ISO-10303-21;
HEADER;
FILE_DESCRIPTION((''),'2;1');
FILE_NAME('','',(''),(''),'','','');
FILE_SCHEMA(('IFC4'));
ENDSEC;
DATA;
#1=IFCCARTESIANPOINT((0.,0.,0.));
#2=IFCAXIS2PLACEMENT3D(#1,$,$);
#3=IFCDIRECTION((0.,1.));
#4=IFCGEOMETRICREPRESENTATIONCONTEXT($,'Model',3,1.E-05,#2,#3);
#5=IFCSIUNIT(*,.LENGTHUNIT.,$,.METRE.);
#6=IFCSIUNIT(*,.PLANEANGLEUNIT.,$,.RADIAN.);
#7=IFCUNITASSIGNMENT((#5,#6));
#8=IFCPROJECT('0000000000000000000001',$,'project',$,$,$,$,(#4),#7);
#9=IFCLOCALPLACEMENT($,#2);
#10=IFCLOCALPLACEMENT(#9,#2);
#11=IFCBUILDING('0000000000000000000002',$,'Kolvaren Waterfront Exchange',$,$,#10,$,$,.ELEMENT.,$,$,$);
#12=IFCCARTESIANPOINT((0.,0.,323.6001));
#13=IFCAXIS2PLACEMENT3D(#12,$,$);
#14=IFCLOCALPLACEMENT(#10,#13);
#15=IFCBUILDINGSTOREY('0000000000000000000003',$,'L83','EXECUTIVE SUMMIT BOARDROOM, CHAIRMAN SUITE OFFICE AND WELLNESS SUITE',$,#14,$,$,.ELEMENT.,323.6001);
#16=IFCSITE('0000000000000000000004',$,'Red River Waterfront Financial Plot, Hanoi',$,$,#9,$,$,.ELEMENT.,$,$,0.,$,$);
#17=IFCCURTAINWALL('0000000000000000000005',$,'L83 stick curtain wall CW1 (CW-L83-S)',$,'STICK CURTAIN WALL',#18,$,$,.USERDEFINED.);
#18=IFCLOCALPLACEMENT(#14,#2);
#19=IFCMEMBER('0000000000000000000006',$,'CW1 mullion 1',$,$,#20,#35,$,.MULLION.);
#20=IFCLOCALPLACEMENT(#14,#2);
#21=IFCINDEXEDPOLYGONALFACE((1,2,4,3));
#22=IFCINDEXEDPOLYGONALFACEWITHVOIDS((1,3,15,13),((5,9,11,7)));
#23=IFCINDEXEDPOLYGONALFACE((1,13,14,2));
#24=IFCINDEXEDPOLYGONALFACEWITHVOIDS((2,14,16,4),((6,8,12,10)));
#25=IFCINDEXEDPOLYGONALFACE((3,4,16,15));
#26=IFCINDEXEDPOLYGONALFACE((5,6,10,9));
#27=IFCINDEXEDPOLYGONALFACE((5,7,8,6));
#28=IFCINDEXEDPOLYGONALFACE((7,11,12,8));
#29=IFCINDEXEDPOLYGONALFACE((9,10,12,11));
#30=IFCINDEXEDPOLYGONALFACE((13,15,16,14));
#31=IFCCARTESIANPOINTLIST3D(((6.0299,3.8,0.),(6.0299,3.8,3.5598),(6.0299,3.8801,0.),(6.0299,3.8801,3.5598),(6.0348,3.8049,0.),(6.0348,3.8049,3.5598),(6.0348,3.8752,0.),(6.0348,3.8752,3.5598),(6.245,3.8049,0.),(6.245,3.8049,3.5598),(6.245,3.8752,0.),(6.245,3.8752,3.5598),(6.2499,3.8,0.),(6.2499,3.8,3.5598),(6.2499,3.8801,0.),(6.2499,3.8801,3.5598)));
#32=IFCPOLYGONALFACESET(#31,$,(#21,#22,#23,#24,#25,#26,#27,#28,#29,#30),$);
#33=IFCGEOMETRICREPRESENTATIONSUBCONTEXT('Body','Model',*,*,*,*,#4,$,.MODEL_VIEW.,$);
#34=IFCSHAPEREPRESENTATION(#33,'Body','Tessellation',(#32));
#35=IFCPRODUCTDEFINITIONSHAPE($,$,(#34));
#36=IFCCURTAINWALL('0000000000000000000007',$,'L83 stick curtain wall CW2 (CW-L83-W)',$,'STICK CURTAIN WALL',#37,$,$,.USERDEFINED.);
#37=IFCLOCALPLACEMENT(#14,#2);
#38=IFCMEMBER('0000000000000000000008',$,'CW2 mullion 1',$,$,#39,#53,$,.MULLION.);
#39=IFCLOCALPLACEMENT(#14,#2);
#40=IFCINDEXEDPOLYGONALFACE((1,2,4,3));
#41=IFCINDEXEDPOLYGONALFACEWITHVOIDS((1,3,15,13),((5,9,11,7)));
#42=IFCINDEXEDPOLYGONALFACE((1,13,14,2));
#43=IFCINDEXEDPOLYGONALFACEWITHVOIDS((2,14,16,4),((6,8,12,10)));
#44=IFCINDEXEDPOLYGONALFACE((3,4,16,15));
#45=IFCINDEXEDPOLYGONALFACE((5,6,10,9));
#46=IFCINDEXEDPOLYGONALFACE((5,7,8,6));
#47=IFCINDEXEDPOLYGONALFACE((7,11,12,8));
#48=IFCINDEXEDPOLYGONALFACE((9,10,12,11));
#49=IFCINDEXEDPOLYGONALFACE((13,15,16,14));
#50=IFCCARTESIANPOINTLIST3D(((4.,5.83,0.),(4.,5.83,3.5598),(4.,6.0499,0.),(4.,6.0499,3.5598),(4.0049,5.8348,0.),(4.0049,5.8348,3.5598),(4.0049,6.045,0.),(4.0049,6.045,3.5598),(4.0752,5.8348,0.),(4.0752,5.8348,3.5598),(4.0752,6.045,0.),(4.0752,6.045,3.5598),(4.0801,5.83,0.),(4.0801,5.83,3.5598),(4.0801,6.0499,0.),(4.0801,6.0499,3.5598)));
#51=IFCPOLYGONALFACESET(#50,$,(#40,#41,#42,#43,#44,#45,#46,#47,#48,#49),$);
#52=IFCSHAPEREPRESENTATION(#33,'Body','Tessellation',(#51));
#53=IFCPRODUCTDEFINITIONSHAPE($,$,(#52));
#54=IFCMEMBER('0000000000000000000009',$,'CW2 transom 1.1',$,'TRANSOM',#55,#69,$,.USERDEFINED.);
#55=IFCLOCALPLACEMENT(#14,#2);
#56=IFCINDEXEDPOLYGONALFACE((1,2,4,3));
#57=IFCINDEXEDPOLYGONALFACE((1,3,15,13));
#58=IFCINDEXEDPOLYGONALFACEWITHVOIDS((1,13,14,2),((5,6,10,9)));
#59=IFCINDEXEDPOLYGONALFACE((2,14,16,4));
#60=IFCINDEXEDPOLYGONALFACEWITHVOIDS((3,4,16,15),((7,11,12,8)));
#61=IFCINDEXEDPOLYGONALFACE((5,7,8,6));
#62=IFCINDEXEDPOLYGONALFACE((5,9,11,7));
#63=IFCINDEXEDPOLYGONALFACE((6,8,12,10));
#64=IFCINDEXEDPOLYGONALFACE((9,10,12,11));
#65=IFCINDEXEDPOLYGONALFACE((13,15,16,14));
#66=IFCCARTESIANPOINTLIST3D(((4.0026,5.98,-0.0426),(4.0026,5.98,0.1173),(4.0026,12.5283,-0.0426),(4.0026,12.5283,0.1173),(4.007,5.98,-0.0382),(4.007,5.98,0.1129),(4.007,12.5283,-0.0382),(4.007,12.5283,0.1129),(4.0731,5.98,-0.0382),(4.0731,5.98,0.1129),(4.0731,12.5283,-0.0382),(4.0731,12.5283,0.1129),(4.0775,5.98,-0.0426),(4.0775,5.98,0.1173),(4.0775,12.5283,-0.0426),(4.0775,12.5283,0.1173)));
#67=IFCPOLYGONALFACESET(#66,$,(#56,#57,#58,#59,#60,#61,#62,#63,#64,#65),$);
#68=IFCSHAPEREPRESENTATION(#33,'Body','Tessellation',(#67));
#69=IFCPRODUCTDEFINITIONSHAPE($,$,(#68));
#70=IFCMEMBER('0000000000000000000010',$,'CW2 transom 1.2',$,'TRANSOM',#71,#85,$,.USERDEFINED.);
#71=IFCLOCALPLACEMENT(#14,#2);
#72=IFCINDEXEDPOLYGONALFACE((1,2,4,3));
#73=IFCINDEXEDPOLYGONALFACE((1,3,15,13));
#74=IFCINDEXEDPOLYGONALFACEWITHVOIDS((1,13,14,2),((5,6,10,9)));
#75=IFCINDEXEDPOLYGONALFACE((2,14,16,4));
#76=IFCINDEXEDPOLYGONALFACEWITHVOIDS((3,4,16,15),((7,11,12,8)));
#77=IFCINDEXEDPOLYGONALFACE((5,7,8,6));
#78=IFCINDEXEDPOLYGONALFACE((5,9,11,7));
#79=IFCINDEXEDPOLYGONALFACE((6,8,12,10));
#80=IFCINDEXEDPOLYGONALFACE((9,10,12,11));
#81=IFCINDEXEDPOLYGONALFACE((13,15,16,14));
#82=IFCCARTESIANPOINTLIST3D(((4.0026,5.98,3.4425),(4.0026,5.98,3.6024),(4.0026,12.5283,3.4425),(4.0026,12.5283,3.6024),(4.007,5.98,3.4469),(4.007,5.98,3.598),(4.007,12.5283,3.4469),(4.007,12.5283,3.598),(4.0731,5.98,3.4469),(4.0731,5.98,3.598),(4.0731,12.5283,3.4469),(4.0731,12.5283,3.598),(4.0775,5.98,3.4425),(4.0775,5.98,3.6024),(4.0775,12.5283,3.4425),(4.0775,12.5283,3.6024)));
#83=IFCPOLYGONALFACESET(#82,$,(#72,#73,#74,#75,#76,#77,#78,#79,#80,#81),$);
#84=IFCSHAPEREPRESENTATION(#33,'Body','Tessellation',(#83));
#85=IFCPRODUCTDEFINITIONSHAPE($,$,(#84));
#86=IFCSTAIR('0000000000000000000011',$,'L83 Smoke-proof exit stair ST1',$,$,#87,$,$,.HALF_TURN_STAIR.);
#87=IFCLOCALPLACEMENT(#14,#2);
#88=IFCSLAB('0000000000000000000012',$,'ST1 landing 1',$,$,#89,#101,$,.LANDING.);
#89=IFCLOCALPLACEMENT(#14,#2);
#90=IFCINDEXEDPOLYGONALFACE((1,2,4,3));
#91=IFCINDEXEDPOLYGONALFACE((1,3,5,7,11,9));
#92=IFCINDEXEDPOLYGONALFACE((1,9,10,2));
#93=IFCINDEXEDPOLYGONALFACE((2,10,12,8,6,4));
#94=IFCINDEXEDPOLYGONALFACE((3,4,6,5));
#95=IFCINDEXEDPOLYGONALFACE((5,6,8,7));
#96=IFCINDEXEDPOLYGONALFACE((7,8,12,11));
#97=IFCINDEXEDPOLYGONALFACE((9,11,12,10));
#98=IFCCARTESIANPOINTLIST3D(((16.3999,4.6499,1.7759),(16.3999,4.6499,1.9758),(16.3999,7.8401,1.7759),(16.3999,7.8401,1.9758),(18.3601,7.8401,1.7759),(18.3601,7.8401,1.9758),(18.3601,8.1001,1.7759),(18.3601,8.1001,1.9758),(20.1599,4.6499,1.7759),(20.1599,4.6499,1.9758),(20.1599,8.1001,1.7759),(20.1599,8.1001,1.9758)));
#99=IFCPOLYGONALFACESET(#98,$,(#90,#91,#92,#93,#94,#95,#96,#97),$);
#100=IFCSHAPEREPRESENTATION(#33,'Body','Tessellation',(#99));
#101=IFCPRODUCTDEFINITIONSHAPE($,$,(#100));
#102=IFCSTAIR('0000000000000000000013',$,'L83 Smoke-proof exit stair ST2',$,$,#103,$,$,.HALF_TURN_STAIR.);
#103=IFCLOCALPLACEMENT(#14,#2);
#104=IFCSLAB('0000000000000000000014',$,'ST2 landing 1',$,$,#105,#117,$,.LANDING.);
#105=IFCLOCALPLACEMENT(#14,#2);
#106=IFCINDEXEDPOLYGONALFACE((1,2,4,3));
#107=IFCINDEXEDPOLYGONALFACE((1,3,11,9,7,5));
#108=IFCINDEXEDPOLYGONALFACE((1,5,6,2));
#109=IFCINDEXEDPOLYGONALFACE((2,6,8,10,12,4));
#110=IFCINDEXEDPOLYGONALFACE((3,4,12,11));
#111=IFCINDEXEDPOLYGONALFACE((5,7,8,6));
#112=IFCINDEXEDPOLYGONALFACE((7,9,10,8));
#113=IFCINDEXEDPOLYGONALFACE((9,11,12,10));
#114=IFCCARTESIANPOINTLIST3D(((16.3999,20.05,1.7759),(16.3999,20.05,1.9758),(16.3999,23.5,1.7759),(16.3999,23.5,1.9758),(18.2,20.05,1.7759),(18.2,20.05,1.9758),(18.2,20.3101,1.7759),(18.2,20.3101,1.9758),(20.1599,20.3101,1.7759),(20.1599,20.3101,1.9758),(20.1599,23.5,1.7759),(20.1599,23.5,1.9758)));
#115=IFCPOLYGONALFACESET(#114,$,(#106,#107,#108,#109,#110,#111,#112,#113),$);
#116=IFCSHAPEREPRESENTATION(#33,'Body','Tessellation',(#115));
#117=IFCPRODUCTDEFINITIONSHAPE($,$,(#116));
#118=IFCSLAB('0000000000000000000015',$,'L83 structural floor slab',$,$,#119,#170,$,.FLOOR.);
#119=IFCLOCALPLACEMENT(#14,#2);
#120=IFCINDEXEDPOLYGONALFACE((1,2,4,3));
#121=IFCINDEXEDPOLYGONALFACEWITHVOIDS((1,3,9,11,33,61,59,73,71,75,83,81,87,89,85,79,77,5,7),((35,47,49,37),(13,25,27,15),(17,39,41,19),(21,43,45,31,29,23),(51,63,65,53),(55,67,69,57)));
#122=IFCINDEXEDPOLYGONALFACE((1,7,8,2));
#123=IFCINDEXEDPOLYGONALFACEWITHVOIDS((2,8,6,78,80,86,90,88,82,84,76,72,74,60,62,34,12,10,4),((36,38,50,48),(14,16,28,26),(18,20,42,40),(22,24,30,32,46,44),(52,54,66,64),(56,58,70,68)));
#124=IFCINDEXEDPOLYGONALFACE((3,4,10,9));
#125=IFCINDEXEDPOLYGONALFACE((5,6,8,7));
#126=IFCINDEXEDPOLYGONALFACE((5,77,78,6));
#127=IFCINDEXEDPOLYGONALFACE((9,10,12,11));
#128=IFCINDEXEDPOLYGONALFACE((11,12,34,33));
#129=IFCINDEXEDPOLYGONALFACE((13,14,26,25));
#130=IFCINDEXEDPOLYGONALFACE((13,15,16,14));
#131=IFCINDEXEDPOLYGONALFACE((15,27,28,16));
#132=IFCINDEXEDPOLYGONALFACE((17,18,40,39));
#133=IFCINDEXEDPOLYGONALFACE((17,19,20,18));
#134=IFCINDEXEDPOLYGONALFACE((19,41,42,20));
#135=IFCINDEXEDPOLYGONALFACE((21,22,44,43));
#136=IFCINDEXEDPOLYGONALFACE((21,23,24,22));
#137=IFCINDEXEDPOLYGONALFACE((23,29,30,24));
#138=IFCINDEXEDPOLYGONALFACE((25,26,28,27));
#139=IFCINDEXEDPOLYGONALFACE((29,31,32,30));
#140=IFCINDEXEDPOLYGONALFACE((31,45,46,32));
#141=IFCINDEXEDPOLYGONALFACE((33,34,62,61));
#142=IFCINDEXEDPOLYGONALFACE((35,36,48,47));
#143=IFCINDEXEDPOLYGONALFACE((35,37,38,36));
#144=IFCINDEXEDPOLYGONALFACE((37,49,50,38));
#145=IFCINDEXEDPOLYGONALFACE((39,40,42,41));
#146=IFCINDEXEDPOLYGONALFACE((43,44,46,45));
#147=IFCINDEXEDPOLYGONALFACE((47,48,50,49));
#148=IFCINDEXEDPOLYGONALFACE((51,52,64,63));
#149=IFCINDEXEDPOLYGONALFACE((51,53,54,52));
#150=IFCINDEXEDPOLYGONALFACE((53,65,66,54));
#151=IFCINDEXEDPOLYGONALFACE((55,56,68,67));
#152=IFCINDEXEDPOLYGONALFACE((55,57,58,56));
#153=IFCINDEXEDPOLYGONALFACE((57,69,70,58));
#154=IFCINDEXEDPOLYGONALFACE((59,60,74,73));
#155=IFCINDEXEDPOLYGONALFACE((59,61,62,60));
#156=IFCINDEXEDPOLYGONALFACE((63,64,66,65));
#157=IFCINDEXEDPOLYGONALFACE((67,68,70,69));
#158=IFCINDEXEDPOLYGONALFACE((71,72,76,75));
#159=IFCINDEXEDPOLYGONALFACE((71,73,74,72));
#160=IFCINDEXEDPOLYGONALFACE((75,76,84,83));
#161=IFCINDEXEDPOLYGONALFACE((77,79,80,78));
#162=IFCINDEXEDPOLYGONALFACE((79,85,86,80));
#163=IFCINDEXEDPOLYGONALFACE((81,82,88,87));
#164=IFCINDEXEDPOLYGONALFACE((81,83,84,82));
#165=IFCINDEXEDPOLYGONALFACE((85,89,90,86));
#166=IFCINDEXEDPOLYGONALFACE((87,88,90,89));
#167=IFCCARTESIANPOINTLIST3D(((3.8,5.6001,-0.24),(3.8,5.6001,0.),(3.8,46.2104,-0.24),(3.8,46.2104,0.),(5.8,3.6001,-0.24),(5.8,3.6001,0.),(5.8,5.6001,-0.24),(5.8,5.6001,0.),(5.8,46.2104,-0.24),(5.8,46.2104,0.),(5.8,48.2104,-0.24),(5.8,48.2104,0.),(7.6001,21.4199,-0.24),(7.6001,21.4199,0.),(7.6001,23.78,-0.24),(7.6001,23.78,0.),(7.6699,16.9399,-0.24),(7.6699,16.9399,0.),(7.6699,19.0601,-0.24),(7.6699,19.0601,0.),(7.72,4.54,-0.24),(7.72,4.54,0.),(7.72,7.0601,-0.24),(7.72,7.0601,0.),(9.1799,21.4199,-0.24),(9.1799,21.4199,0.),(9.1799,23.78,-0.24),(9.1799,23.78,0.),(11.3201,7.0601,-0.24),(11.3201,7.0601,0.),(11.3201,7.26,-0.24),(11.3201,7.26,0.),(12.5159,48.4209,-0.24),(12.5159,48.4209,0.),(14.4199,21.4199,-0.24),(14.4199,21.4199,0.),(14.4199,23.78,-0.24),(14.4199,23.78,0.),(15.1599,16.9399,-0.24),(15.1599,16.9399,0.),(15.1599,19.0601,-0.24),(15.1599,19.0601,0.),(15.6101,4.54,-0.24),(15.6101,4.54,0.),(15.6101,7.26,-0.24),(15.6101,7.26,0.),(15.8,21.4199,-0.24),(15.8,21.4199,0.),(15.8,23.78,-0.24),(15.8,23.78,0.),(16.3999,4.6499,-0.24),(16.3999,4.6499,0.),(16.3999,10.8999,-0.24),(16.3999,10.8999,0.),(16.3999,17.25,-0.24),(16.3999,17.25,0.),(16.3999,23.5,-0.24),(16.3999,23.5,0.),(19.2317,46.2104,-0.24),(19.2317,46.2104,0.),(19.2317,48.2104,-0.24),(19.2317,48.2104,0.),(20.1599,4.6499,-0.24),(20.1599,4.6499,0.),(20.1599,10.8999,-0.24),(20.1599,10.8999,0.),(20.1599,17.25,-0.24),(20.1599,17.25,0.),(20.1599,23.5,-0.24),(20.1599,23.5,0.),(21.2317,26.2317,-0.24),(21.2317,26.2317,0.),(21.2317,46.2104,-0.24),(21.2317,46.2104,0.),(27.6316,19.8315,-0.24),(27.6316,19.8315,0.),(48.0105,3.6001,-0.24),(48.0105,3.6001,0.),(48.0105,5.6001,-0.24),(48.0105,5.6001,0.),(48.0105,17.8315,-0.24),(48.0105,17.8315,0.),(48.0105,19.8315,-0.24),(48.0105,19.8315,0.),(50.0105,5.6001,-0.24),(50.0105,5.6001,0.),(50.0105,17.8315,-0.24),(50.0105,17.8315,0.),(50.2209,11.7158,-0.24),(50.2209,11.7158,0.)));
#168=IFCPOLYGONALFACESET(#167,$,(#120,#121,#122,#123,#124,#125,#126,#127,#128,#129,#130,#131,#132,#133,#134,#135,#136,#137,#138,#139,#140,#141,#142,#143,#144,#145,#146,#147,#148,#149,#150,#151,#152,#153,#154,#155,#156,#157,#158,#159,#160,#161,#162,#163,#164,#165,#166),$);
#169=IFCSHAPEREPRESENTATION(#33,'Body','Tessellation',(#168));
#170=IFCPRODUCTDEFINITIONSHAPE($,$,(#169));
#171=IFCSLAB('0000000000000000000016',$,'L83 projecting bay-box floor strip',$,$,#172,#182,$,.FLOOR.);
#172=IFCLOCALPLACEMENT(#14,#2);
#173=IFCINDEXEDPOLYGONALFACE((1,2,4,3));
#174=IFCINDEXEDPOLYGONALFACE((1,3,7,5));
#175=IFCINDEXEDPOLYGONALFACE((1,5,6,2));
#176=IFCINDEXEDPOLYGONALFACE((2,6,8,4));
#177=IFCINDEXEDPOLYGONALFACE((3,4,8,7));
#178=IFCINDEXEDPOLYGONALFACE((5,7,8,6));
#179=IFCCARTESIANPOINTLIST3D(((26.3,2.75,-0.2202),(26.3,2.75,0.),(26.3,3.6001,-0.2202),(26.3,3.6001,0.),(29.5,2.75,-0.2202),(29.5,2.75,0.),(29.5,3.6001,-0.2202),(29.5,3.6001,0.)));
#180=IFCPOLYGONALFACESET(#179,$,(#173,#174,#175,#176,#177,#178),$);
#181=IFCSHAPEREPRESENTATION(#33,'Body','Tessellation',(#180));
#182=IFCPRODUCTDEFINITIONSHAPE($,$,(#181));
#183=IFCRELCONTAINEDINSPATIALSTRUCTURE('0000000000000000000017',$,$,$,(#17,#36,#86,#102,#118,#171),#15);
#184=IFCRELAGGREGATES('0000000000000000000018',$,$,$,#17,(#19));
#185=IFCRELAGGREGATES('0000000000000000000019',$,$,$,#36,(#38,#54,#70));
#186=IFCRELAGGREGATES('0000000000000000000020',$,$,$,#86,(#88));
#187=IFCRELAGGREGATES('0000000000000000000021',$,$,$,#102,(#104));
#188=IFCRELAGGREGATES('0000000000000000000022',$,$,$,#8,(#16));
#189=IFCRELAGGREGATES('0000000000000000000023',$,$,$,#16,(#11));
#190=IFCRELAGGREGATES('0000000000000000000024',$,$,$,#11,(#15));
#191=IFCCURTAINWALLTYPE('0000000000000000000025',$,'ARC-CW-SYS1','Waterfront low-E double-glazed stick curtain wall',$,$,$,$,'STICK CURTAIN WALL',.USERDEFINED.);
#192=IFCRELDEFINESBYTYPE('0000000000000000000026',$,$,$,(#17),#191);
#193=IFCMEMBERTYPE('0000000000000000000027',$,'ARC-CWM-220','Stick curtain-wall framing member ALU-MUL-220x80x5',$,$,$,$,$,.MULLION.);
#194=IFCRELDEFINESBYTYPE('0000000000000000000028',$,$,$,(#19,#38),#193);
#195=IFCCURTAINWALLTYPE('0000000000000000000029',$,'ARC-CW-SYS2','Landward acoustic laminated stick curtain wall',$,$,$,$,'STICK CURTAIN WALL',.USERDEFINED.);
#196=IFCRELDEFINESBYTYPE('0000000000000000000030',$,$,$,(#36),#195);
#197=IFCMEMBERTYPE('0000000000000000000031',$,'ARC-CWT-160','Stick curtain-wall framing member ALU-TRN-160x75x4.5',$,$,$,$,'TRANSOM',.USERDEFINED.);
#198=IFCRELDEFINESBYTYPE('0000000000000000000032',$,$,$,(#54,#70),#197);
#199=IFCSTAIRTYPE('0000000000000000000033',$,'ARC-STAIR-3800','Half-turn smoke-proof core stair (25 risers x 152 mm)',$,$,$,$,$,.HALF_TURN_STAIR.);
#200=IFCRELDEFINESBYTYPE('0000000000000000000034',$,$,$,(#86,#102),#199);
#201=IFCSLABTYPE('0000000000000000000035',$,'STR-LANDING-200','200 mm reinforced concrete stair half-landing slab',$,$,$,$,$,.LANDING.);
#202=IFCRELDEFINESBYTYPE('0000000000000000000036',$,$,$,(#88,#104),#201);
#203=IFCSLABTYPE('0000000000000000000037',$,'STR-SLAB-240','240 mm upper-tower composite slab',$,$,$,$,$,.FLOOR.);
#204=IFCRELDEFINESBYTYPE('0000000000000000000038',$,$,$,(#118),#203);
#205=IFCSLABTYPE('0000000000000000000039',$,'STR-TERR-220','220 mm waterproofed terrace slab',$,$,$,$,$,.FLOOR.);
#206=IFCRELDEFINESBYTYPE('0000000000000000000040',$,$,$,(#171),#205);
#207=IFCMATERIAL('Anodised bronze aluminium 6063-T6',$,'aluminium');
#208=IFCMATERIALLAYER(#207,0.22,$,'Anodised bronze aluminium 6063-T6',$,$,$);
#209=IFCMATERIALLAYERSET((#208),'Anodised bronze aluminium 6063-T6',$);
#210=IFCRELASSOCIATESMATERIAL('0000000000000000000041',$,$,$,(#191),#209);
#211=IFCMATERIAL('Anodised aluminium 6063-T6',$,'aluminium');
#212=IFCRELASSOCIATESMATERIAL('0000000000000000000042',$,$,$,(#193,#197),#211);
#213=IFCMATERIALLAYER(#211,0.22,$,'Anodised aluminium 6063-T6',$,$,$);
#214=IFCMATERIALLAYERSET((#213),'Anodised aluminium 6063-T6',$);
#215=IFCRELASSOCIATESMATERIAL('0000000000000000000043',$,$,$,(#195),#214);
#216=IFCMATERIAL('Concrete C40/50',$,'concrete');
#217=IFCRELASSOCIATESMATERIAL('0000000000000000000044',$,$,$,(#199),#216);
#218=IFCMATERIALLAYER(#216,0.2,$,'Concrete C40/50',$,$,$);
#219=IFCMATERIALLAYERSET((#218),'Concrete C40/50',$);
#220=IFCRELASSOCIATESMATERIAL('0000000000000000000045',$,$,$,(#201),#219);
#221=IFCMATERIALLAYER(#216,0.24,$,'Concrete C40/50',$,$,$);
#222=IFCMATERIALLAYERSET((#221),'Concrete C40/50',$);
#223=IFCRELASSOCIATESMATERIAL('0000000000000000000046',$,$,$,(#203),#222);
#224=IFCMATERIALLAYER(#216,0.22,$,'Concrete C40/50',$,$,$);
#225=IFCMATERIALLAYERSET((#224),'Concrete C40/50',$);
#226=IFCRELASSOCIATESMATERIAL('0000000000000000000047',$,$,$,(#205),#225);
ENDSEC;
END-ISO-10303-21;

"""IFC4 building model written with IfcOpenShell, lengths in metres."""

from ifc_helpers import new_model, si_unit, direction, frame, origin, origin_with_axes, origin_2d, place, context, subcontext, project, spatial, polyline, hollow_rectangle, outline, extrude, source, transform, mapped, material, layer, layer_set, material_profile, profile_set, type_object, element, aggregate, save


model = new_model("IFC4")

# Units and contexts
model_context = context("Model", 3, precision=1e-05, world=origin(), true_north=direction((0.0, 1.0)))
body_context = subcontext(model_context, "Body", "Model", "MODEL_VIEW")
ifc_project = project(units=[si_unit("LENGTHUNIT", "METRE"), si_unit("PLANEANGLEUNIT", "RADIAN")], contexts=[model_context])

# Site, building, storey
site_placement = place(None, origin())
site = spatial("IfcSite", under=ifc_project, at=site_placement, Name="Red River Waterfront Financial Plot, Hanoi", CompositionType="ELEMENT", RefElevation=0.0)
building_placement = place(site_placement, origin())
building = spatial("IfcBuilding", under=site, at=building_placement, Name="Kolvaren Waterfront Exchange", CompositionType="ELEMENT")
storey_placement = place(building_placement, frame((0.0, 0.0, 323.6001)))
storey = spatial("IfcBuildingStorey", under=building, at=storey_placement, Name="L83", Description="EXECUTIVE SUMMIT BOARDROOM, CHAIRMAN SUITE OFFICE AND WELLNESS SUITE", CompositionType="ELEMENT", Elevation=323.6001)

# Curtain wall, member
ifc_material_1 = material(Name="Anodised bronze aluminium 6063-T6", Category="aluminium")
ifc_layer_1 = layer(ifc_material_1, 0.22, Name="Anodised bronze aluminium 6063-T6")
ifc_layer_set_1 = layer_set([ifc_layer_1], Name="Anodised bronze aluminium 6063-T6")
curtain_wall_type_1 = type_object("IfcCurtainWallType", Name="ARC-CW-SYS1", Description="Waterfront low-E double-glazed stick curtain wall", ElementType="STICK CURTAIN WALL", PredefinedType="USERDEFINED", material=ifc_layer_set_1)
curtain_wall_1_placement = place(storey_placement, origin())
curtain_wall_1 = element("IfcCurtainWall", 1, at=curtain_wall_1_placement, inside=storey, type_object=curtain_wall_type_1, Name="L83 stick curtain wall CW1 (CW-L83-S)", ObjectType="STICK CURTAIN WALL", PredefinedType="USERDEFINED")
ifc_material_2 = material(Name="Anodised aluminium 6063-T6", Category="aluminium")
ifc_material_profile_1 = material_profile(ifc_material_2, hollow_rectangle(XDim=0.0801, YDim=0.22, WallThickness=0.0049, at=origin_2d()), Name="ALU-MUL-220x80x5")
ifc_profile_set_1 = profile_set([ifc_material_profile_1], Name="Anodised aluminium 6063-T6")
member_type_1 = type_object("IfcMemberType", Name="ARC-CWM-220", Description="Stick curtain-wall framing member ALU-MUL-220x80x5", PredefinedType="MULLION", material=ifc_profile_set_1)
shared_shape_1 = source(origin_with_axes(), body_context, "Body", "SweptSolid", [
    extrude(hollow_rectangle(XDim=0.0801, YDim=0.22, WallThickness=0.0049, at=origin_2d()), origin(), (0.0, 0.0, 1.0), 3.5598),
])
member_1_placement = place(storey_placement, frame((6.1399, 3.8401, 0.0), z_axis=(0.0, 0.0, 1.0), x_axis=(0.0, 1.0, 0.0)))
member_1 = element("IfcMember", 2, at=member_1_placement, type_object=member_type_1, Name="CW1 mullion 1", PredefinedType="MULLION", context=body_context, shape_type="MappedRepresentation", body=[
    mapped(shared_shape_1, transform((0.0, 0.0, 0.0), x_axis=(1.0, 0.0, 0.0), y_axis=(0.0, 1.0, 0.0), z_axis=(0.0, 0.0, 1.0), scale=1.0)),
])
aggregate(curtain_wall_1, [member_1])

# Curtain wall, members
ifc_layer_2 = layer(ifc_material_2, 0.22, Name="Anodised aluminium 6063-T6")
ifc_layer_set_2 = layer_set([ifc_layer_2], Name="Anodised aluminium 6063-T6")
curtain_wall_type_2 = type_object("IfcCurtainWallType", Name="ARC-CW-SYS2", Description="Landward acoustic laminated stick curtain wall", ElementType="STICK CURTAIN WALL", PredefinedType="USERDEFINED", material=ifc_layer_set_2)
curtain_wall_2_placement = place(storey_placement, origin())
curtain_wall_2 = element("IfcCurtainWall", 3, at=curtain_wall_2_placement, inside=storey, type_object=curtain_wall_type_2, Name="L83 stick curtain wall CW2 (CW-L83-W)", ObjectType="STICK CURTAIN WALL", PredefinedType="USERDEFINED")
member_2_placement = place(storey_placement, frame((4.04, 5.9399, 0.0), z_axis=(0.0, 0.0, 1.0), x_axis=(-1.0, 0.0, 0.0)))
member_2 = element("IfcMember", 4, at=member_2_placement, type_object=member_type_1, Name="CW2 mullion 1", PredefinedType="MULLION", context=body_context, shape_type="MappedRepresentation", body=[
    mapped(shared_shape_1, transform((0.0, 0.0, 0.0), x_axis=(1.0, 0.0, 0.0), y_axis=(0.0, 1.0, 0.0), z_axis=(0.0, 0.0, 1.0), scale=1.0)),
])
ifc_material_profile_2 = material_profile(ifc_material_2, hollow_rectangle(XDim=0.075, YDim=0.1599, WallThickness=0.0044, at=origin_2d()), Name="ALU-TRN-160x75x4.5")
ifc_profile_set_2 = profile_set([ifc_material_profile_2], Name="Anodised aluminium 6063-T6")
member_type_2 = type_object("IfcMemberType", Name="ARC-CWT-160", Description="Stick curtain-wall framing member ALU-TRN-160x75x4.5", ElementType="TRANSOM", PredefinedType="USERDEFINED", material=ifc_profile_set_2)
shared_shape_2 = source(origin_with_axes(), body_context, "Body", "SweptSolid", [
    extrude(hollow_rectangle(XDim=0.075, YDim=0.1599, WallThickness=0.0044, at=origin_2d()), origin(), (0.0, 0.0, 1.0), 6.5483),
])
member_3_placement = place(storey_placement, frame((4.04, 5.98, 0.0374), z_axis=(0.0, 1.0, 0.0), x_axis=(-1.0, 0.0, 0.0)))
member_3 = element("IfcMember", 5, at=member_3_placement, type_object=member_type_2, Name="CW2 transom 1.1", ObjectType="TRANSOM", PredefinedType="USERDEFINED", context=body_context, shape_type="MappedRepresentation", body=[
    mapped(shared_shape_2, transform((0.0, 0.0, 0.0), x_axis=(1.0, 0.0, 0.0), y_axis=(0.0, 1.0, 0.0), z_axis=(0.0, 0.0, 1.0), scale=1.0)),
])
member_4_placement = place(storey_placement, frame((4.04, 5.98, 3.5225), z_axis=(0.0, 1.0, 0.0), x_axis=(-1.0, 0.0, 0.0)))
member_4 = element("IfcMember", 6, at=member_4_placement, type_object=member_type_2, Name="CW2 transom 1.2", ObjectType="TRANSOM", PredefinedType="USERDEFINED", context=body_context, shape_type="MappedRepresentation", body=[
    mapped(shared_shape_2, transform((0.0, 0.0, 0.0), x_axis=(1.0, 0.0, 0.0), y_axis=(0.0, 1.0, 0.0), z_axis=(0.0, 0.0, 1.0), scale=1.0)),
])
aggregate(curtain_wall_2, [member_2, member_3, member_4])

# Stairs, slabs
ifc_material_3 = material(Name="Concrete C40/50", Category="concrete")
stair_type = type_object("IfcStairType", Name="ARC-STAIR-3800", Description="Half-turn smoke-proof core stair (25 risers x 152 mm)", PredefinedType="HALF_TURN_STAIR", material=ifc_material_3)
stair_1_placement = place(storey_placement, origin())
stair_1 = element("IfcStair", 7, at=stair_1_placement, inside=storey, type_object=stair_type, Name="L83 Smoke-proof exit stair ST1", PredefinedType="HALF_TURN_STAIR")
ifc_layer_3 = layer(ifc_material_3, 0.2, Name="Concrete C40/50")
ifc_layer_set_3 = layer_set([ifc_layer_3], Name="Concrete C40/50")
slab_type_1 = type_object("IfcSlabType", Name="STR-LANDING-200", Description="200 mm reinforced concrete stair half-landing slab", PredefinedType="LANDING", material=ifc_layer_set_3)
slab_1_placement = place(storey_placement, frame((0.0, 0.0, 1.7759)))
slab_1 = element("IfcSlab", 8, at=slab_1_placement, type_object=slab_type_1, Name="ST1 landing 1", PredefinedType="LANDING", context=body_context, shape_type="SweptSolid", body=[
    extrude(outline(polyline([(16.3999, 7.8401), (16.3999, 4.6499), (20.1599, 4.6499), (20.1599, 8.1001), (18.3601, 8.1001), (18.3601, 7.8401), (16.3999, 7.8401)])), origin(), (0.0, 0.0, 1.0), 0.2),
])
aggregate(stair_1, [slab_1])
stair_2_placement = place(storey_placement, origin())
stair_2 = element("IfcStair", 9, at=stair_2_placement, inside=storey, type_object=stair_type, Name="L83 Smoke-proof exit stair ST2", PredefinedType="HALF_TURN_STAIR")
slab_2_placement = place(storey_placement, frame((0.0, 0.0, 1.7759)))
slab_2 = element("IfcSlab", 10, at=slab_2_placement, type_object=slab_type_1, Name="ST2 landing 1", PredefinedType="LANDING", context=body_context, shape_type="SweptSolid", body=[
    extrude(outline(polyline([(20.1599, 20.3101), (20.1599, 23.5), (16.3999, 23.5), (16.3999, 20.05), (18.2, 20.05), (18.2, 20.3101), (20.1599, 20.3101)])), origin(), (0.0, 0.0, 1.0), 0.2),
])
aggregate(stair_2, [slab_2])

# Slabs
ifc_layer_4 = layer(ifc_material_3, 0.24, Name="Concrete C40/50")
ifc_layer_set_4 = layer_set([ifc_layer_4], Name="Concrete C40/50")
slab_type_2 = type_object("IfcSlabType", Name="STR-SLAB-240", Description="240 mm upper-tower composite slab", PredefinedType="FLOOR", material=ifc_layer_set_4)
slab_3_placement = place(storey_placement, frame((0.0, 0.0, -0.24)))
element("IfcSlab", 11, at=slab_3_placement, inside=storey, type_object=slab_type_2, Name="L83 structural floor slab", PredefinedType="FLOOR", context=body_context, shape_type="SweptSolid", body=[
    extrude(outline(polyline([(5.8, 3.6001), (48.0105, 3.6001), (48.0105, 5.6001), (50.0105, 5.6001), (50.2209, 11.7158), (50.0105, 17.8315), (48.0105, 17.8315), (48.0105, 19.8315), (27.6316, 19.8315), (21.2317, 26.2317), (21.2317, 46.2104), (19.2317, 46.2104), (19.2317, 48.2104), (12.5159, 48.4209), (5.8, 48.2104), (5.8, 46.2104), (3.8, 46.2104), (3.8, 5.6001), (5.8, 5.6001), (5.8, 3.6001)]), holes=[polyline([(11.3201, 7.26), (15.6101, 7.26), (15.6101, 4.54), (7.72, 4.54), (7.72, 7.0601), (11.3201, 7.0601), (11.3201, 7.26)]), polyline([(20.1599, 10.8999), (20.1599, 4.6499), (16.3999, 4.6499), (16.3999, 10.8999), (20.1599, 10.8999)]), polyline([(7.6699, 19.0601), (15.1599, 19.0601), (15.1599, 16.9399), (7.6699, 16.9399), (7.6699, 19.0601)]), polyline([(16.3999, 17.25), (16.3999, 23.5), (20.1599, 23.5), (20.1599, 17.25), (16.3999, 17.25)]), polyline([(7.6001, 23.78), (9.1799, 23.78), (9.1799, 21.4199), (7.6001, 21.4199), (7.6001, 23.78)]), polyline([(14.4199, 23.78), (15.8, 23.78), (15.8, 21.4199), (14.4199, 21.4199), (14.4199, 23.78)])]), origin(), (0.0, 0.0, 1.0), 0.24),
])
ifc_layer_5 = layer(ifc_material_3, 0.22, Name="Concrete C40/50")
ifc_layer_set_5 = layer_set([ifc_layer_5], Name="Concrete C40/50")
slab_type_3 = type_object("IfcSlabType", Name="STR-TERR-220", Description="220 mm waterproofed terrace slab", PredefinedType="FLOOR", material=ifc_layer_set_5)
slab_4_placement = place(storey_placement, frame((0.0, 0.0, -0.2202)))
element("IfcSlab", 12, at=slab_4_placement, inside=storey, type_object=slab_type_3, Name="L83 projecting bay-box floor strip", PredefinedType="FLOOR", context=body_context, shape_type="SweptSolid", body=[
    extrude(outline(polyline([(26.3, 2.75), (29.5, 2.75), (29.5, 3.6001), (26.3, 3.6001), (26.3, 2.75)])), origin(), (0.0, 0.0, 1.0), 0.2202),
])

save(model, "model.ifc")
